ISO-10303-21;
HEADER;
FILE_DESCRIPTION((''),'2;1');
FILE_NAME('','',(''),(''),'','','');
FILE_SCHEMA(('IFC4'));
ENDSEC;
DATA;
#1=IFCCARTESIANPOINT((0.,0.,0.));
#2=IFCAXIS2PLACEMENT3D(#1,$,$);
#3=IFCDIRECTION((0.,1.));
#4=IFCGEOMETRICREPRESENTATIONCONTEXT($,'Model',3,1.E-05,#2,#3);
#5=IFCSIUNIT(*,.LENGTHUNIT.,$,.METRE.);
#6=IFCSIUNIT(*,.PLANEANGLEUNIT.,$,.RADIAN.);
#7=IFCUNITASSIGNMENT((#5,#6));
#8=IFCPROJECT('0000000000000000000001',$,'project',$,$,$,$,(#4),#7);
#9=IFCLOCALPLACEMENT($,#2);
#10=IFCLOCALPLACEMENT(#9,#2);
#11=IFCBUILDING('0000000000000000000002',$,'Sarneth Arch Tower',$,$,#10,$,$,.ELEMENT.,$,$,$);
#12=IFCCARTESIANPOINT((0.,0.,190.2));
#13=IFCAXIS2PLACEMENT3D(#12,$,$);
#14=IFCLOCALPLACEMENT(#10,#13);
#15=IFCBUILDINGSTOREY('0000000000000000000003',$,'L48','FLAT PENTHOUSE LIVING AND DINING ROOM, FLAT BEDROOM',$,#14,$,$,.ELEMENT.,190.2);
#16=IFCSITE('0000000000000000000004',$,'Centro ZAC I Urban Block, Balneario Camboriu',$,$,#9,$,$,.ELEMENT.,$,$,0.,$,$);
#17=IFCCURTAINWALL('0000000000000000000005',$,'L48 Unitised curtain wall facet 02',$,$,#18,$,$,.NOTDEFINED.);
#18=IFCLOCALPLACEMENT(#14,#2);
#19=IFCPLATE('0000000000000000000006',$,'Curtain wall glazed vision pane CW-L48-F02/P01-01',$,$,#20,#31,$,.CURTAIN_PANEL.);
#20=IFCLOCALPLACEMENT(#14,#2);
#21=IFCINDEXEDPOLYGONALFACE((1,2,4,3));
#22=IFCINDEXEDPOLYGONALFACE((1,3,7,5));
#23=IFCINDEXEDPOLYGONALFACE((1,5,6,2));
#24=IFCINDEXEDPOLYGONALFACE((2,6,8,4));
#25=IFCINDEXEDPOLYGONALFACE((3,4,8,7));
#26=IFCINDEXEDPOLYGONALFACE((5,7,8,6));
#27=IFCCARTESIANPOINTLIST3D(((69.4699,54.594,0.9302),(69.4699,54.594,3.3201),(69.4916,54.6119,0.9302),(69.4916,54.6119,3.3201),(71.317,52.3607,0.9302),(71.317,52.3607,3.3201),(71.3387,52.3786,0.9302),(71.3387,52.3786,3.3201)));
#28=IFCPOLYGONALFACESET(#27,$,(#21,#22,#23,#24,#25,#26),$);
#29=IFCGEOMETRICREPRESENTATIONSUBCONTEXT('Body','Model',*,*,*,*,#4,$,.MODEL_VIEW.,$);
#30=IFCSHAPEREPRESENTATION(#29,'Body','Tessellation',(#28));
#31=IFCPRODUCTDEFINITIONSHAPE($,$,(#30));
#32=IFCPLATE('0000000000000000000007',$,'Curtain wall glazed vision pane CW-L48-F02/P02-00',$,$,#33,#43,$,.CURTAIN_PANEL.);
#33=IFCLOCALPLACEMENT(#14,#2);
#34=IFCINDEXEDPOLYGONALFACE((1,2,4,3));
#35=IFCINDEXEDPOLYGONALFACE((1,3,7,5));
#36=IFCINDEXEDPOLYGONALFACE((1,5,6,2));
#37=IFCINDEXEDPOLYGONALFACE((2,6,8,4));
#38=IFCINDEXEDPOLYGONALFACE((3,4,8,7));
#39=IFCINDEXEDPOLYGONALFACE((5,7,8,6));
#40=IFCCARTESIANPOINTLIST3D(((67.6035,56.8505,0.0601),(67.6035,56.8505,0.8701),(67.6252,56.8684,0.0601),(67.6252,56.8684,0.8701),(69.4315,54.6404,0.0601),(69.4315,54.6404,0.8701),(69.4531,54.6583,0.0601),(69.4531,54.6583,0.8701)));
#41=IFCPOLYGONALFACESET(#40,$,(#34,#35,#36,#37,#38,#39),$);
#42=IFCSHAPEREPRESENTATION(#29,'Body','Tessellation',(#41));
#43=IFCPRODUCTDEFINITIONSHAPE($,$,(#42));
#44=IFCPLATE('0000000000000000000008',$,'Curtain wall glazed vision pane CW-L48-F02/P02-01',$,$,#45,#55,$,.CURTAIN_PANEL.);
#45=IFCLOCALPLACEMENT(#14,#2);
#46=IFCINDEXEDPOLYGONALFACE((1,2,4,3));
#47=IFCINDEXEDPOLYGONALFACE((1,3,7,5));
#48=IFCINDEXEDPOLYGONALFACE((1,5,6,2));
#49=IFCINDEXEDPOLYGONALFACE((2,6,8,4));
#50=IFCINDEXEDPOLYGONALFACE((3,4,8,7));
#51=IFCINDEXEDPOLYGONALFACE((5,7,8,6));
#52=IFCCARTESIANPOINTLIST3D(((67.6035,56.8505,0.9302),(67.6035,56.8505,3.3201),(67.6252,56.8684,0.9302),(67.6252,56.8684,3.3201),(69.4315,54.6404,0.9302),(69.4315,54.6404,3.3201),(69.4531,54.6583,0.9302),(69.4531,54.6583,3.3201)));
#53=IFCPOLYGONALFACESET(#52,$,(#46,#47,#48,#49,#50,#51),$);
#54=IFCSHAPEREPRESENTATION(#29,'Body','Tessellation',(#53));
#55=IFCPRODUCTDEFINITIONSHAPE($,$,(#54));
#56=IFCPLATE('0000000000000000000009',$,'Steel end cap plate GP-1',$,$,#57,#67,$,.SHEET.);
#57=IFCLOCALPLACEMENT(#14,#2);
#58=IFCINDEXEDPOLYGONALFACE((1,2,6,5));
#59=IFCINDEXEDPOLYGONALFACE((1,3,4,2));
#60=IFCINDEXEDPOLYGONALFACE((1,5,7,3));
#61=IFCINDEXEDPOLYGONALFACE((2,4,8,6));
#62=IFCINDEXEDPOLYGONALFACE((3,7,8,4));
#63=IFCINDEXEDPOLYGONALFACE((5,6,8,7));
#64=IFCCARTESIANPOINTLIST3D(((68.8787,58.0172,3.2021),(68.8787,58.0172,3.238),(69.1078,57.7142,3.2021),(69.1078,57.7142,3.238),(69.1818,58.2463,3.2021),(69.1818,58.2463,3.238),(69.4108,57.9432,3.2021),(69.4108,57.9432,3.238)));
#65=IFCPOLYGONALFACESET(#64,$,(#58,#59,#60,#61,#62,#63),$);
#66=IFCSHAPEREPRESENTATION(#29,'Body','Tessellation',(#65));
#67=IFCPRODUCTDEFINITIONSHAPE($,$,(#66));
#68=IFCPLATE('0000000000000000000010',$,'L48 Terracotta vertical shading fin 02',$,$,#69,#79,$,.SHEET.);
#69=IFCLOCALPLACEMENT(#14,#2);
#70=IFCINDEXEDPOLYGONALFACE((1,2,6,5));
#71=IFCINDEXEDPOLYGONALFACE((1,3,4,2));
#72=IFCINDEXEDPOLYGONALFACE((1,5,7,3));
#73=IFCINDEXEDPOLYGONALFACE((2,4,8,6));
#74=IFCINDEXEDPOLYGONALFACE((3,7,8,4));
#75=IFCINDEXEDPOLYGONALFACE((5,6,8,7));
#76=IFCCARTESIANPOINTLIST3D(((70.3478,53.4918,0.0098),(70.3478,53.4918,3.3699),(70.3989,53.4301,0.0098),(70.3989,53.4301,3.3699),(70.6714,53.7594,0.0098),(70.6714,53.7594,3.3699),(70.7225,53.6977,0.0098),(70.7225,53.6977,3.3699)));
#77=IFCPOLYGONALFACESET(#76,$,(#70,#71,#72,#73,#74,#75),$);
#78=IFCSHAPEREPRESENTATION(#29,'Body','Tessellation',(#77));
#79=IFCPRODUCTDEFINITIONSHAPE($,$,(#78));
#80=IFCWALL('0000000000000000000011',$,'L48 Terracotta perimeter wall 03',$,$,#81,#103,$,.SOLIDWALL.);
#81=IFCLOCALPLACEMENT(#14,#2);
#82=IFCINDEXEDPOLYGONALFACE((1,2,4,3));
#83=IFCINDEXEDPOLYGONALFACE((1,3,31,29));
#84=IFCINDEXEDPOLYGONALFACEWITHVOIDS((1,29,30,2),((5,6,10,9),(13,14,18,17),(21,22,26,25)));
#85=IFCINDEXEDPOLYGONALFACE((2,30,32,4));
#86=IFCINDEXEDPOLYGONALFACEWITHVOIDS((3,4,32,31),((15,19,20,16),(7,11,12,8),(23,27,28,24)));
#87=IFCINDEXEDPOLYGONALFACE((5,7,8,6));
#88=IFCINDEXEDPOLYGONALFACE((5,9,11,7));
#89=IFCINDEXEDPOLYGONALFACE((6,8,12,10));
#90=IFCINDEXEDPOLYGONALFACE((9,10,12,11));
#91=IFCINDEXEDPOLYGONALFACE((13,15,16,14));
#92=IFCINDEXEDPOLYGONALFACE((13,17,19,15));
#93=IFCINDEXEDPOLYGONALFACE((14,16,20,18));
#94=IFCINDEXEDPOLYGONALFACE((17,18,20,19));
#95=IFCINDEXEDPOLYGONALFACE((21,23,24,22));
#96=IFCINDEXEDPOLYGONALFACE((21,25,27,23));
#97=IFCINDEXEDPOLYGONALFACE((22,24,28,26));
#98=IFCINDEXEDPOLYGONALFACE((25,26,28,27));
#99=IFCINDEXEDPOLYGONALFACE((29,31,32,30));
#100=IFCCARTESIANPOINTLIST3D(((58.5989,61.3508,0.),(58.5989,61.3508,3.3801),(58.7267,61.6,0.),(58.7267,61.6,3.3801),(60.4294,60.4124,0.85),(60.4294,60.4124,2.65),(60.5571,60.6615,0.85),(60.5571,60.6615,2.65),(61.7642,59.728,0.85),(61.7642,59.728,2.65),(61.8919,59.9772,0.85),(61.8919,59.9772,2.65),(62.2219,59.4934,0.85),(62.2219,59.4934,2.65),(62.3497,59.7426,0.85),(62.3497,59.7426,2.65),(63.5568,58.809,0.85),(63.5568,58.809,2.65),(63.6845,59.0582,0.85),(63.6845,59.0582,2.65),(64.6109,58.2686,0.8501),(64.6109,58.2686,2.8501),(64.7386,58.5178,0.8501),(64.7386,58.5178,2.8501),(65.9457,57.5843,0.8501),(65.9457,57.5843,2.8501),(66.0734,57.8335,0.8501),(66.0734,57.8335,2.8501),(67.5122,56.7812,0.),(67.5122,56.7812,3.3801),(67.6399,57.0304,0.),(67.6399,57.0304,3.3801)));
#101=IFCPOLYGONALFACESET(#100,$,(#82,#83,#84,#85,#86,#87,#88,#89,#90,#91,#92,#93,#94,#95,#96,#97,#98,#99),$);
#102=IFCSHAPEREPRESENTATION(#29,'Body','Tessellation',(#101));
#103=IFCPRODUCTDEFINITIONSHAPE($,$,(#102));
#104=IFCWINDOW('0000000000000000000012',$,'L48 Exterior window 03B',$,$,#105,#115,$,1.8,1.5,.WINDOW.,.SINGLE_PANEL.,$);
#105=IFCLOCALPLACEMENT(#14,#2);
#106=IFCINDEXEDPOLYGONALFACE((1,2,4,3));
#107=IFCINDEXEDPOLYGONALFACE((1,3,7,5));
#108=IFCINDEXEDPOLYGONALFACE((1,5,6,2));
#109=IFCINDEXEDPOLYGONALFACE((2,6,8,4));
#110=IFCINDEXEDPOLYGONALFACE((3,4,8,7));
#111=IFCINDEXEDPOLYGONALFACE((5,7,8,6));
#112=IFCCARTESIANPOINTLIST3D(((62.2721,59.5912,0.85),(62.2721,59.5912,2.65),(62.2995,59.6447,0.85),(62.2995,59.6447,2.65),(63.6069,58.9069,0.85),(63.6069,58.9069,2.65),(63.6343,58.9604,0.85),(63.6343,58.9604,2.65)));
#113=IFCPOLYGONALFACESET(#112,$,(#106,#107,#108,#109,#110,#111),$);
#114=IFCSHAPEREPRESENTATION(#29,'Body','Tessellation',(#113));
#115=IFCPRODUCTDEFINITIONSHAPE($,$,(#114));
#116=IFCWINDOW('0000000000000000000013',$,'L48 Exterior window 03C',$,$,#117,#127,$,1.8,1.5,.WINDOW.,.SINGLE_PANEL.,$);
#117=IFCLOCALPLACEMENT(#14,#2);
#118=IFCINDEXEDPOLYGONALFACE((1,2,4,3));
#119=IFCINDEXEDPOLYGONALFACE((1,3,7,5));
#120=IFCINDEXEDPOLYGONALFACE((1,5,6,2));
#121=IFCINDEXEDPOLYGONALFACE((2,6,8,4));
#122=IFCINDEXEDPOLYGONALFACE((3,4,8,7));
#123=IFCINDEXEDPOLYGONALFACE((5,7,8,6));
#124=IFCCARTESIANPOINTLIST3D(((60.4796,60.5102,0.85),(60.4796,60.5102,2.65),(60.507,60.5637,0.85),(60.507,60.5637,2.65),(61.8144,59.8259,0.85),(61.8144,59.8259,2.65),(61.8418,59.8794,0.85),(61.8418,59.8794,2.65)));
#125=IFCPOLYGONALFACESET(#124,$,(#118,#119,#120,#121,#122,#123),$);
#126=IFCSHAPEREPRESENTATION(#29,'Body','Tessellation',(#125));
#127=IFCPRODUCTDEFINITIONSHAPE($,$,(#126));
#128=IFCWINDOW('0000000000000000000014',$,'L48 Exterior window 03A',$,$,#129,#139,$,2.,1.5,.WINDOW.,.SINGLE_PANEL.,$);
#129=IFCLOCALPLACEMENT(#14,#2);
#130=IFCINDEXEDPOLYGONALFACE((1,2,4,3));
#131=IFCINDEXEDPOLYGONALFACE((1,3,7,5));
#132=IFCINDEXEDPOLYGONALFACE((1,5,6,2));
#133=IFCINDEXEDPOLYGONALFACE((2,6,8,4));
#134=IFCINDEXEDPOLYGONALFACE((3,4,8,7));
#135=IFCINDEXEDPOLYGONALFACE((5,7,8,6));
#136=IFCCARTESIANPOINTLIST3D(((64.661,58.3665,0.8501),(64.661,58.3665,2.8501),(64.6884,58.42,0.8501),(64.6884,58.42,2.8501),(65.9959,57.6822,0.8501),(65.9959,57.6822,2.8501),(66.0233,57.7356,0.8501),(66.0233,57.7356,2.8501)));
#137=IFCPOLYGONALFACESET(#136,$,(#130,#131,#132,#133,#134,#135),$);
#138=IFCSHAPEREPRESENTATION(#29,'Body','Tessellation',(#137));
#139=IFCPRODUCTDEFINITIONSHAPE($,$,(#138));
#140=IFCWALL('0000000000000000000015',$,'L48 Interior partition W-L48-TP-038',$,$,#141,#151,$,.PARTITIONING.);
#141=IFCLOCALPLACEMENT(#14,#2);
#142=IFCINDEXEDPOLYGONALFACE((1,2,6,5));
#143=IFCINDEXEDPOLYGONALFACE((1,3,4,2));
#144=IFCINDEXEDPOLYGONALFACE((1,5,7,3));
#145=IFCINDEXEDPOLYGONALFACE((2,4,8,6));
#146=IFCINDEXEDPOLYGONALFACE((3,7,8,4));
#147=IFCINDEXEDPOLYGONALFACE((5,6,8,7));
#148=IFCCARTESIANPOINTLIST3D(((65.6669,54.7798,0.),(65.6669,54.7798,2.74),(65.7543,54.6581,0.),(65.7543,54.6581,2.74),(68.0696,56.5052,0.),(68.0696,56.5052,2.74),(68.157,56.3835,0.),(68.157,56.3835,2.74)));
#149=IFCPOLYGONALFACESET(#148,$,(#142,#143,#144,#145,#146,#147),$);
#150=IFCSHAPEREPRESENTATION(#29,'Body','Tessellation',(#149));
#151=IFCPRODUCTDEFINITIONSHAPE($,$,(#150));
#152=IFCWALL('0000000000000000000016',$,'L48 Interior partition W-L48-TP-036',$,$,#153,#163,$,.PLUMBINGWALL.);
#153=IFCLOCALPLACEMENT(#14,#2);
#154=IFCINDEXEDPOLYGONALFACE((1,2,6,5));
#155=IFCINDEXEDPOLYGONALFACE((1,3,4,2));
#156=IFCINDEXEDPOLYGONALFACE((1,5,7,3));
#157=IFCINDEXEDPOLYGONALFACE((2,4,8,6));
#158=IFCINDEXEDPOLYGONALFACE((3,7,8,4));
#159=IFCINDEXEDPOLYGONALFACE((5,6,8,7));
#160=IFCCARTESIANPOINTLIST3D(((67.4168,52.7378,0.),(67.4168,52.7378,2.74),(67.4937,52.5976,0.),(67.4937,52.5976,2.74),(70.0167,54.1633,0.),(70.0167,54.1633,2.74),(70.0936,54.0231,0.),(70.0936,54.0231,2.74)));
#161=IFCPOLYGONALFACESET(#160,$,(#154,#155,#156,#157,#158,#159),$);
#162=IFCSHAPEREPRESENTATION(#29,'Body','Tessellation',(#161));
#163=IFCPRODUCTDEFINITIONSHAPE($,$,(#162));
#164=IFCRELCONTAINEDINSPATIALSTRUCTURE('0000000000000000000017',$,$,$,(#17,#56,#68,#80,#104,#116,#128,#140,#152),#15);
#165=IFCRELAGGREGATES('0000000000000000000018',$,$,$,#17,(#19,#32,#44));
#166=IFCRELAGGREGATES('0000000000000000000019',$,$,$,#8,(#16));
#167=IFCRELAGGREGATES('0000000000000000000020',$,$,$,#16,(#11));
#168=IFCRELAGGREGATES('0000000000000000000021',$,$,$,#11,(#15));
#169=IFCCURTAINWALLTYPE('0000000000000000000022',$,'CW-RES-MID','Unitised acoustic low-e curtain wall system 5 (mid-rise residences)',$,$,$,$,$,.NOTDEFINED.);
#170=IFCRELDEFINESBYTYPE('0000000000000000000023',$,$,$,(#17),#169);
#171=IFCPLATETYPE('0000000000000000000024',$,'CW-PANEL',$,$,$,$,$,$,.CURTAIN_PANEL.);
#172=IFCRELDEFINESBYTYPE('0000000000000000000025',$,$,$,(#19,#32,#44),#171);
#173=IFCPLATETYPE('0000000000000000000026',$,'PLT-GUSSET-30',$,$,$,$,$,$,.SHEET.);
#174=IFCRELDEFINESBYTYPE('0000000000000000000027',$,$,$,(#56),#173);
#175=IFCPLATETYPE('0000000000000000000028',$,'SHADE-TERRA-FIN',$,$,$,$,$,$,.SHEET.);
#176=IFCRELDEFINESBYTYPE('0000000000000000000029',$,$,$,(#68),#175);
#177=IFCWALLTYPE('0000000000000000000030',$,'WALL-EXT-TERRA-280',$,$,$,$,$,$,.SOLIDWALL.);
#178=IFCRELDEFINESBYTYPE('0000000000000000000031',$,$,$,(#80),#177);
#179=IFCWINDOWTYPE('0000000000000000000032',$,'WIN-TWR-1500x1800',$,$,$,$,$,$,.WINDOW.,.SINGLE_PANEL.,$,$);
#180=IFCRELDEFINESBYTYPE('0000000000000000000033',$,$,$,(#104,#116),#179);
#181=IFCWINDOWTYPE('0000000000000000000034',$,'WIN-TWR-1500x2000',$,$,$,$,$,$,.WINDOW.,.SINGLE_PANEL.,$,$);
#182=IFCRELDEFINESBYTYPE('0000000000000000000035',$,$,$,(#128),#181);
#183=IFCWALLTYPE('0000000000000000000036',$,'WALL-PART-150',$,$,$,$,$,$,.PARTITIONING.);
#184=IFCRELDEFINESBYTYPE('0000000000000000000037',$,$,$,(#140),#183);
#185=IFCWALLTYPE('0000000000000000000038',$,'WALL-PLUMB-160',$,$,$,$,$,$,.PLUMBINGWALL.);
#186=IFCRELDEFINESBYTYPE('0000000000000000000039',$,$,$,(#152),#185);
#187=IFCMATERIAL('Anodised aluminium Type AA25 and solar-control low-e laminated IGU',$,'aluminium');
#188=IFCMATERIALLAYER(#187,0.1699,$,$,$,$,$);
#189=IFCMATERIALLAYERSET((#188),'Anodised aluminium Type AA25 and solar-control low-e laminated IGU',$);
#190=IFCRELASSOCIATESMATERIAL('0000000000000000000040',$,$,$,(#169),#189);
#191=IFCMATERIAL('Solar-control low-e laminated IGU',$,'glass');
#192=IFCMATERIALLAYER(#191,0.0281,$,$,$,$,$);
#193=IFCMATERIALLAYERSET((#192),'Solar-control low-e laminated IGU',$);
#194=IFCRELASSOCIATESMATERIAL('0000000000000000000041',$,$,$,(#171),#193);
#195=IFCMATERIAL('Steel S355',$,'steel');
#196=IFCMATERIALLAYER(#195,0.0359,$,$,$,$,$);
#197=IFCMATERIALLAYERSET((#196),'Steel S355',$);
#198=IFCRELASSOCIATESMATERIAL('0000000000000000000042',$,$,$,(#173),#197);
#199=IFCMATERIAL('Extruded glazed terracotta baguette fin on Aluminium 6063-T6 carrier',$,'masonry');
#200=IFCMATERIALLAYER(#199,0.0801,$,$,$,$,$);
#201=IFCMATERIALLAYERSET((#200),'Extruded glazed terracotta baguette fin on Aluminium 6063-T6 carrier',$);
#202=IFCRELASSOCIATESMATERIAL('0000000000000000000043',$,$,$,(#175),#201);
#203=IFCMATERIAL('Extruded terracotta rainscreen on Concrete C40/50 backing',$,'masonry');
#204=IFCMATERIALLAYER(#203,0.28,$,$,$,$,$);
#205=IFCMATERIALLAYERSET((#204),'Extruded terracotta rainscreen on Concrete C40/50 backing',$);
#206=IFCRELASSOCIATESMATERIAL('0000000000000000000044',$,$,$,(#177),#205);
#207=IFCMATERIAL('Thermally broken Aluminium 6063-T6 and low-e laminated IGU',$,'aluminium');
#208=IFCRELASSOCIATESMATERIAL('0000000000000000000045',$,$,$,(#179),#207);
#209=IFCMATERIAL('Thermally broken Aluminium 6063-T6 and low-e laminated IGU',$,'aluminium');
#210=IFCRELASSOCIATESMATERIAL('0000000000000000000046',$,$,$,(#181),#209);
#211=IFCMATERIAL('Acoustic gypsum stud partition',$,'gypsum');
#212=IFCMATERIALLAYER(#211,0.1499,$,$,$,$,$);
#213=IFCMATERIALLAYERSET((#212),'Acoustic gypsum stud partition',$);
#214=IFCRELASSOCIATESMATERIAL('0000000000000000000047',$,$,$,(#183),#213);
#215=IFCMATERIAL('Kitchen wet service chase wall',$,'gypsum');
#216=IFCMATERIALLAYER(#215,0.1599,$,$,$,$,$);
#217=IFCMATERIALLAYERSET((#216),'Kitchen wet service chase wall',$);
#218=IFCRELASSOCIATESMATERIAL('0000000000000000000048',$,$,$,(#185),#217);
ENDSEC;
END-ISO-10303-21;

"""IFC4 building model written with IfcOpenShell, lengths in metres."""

from ifc_helpers import new_model, si_unit, direction, frame, frame_2d, origin, origin_2d, place, context, subcontext, project, spatial, rectangle, extrude, material, layer, layer_set, type_object, element, fill, aggregate, save


model = new_model("IFC4")

# Units and contexts
model_context = context("Model", 3, precision=1e-05, world=origin(), true_north=direction((0.0, 1.0)))
body_context = subcontext(model_context, "Body", "Model", "MODEL_VIEW")
ifc_project = project(units=[si_unit("LENGTHUNIT", "METRE"), si_unit("PLANEANGLEUNIT", "RADIAN")], contexts=[model_context])

# Site, building, storey
site_placement = place(None, origin())
site = spatial("IfcSite", under=ifc_project, at=site_placement, Name="Centro ZAC I Urban Block, Balneario Camboriu", CompositionType="ELEMENT", RefElevation=0.0)
building_placement = place(site_placement, origin())
building = spatial("IfcBuilding", under=site, at=building_placement, Name="Sarneth Arch Tower", CompositionType="ELEMENT")
storey_placement = place(building_placement, frame((0.0, 0.0, 190.2)))
storey = spatial("IfcBuildingStorey", under=building, at=storey_placement, Name="L48", Description="FLAT PENTHOUSE LIVING AND DINING ROOM, FLAT BEDROOM", CompositionType="ELEMENT", Elevation=190.2)

# Curtain wall
ifc_material_1 = material(Name="Anodised aluminium Type AA25 and solar-control low-e laminated IGU", Category="aluminium")
ifc_layer_1 = layer(ifc_material_1, 0.1699)
ifc_layer_set_1 = layer_set([ifc_layer_1], Name="Anodised aluminium Type AA25 and solar-control low-e laminated IGU")
curtain_wall_type = type_object("IfcCurtainWallType", Name="CW-RES-MID", Description="Unitised acoustic low-e curtain wall system 5 (mid-rise residences)", PredefinedType="NOTDEFINED", material=ifc_layer_set_1)
curtain_wall_placement = place(storey_placement, origin())
curtain_wall = element("IfcCurtainWall", 1, at=curtain_wall_placement, inside=storey, type_object=curtain_wall_type, Name="L48 Unitised curtain wall facet 02", PredefinedType="NOTDEFINED")

# Plates
ifc_material_2 = material(Name="Solar-control low-e laminated IGU", Category="glass")
ifc_layer_2 = layer(ifc_material_2, 0.0281)
ifc_layer_set_2 = layer_set([ifc_layer_2], Name="Solar-control low-e laminated IGU")
plate_type_1 = type_object("IfcPlateType", Name="CW-PANEL", PredefinedType="CURTAIN_PANEL", material=ifc_layer_set_2)
plate_1_placement = place(storey_placement, frame((70.4043, 53.4863, 0.9302), z_axis=(0.0, 0.0, 1.0), x_axis=(-0.63733, 0.770591, 0.0)))
plate_1 = element("IfcPlate", 2, at=plate_1_placement, type_object=plate_type_1, Name="Curtain wall glazed vision pane CW-L48-F02/P01-01", PredefinedType="CURTAIN_PANEL", context=body_context, shape_type="SweptSolid", body=[
    extrude(rectangle(XDim=2.8982, YDim=0.0281, at=origin_2d()), origin(), (0.0, 0.0, 1.0), 2.3899),
])
plate_2_placement = place(storey_placement, frame((68.5283, 55.7544, 0.0601), z_axis=(0.0, 0.0, 1.0), x_axis=(-0.63733, 0.770591, 0.0)))
plate_2 = element("IfcPlate", 3, at=plate_2_placement, type_object=plate_type_1, Name="Curtain wall glazed vision pane CW-L48-F02/P02-00", PredefinedType="CURTAIN_PANEL", context=body_context, shape_type="SweptSolid", body=[
    extrude(rectangle(XDim=2.8682, YDim=0.0281, at=origin_2d()), origin(), (0.0, 0.0, 1.0), 0.8101),
])
plate_3_placement = place(storey_placement, frame((68.5283, 55.7544, 0.9302), z_axis=(0.0, 0.0, 1.0), x_axis=(-0.63733, 0.770591, 0.0)))
plate_3 = element("IfcPlate", 4, at=plate_3_placement, type_object=plate_type_1, Name="Curtain wall glazed vision pane CW-L48-F02/P02-01", PredefinedType="CURTAIN_PANEL", context=body_context, shape_type="SweptSolid", body=[
    extrude(rectangle(XDim=2.8682, YDim=0.0281, at=origin_2d()), origin(), (0.0, 0.0, 1.0), 2.3899),
])
aggregate(curtain_wall, [plate_1, plate_2, plate_3])

# Plates
ifc_material_3 = material(Name="Steel S355", Category="steel")
ifc_layer_3 = layer(ifc_material_3, 0.0359)
ifc_layer_set_3 = layer_set([ifc_layer_3], Name="Steel S355")
plate_type_2 = type_object("IfcPlateType", Name="PLT-GUSSET-30", PredefinedType="SHEET", material=ifc_layer_set_3)
plate_4_placement = place(storey_placement, frame((69.1448, 57.9802, 3.2021), z_axis=(0.0, 0.0, 1.0), x_axis=(0.797794, 0.60293, 0.0)))
element("IfcPlate", 5, at=plate_4_placement, inside=storey, type_object=plate_type_2, Name="Steel end cap plate GP-1", PredefinedType="SHEET", context=body_context, shape_type="SweptSolid", body=[
    extrude(rectangle(XDim=0.3799, YDim=0.3799, at=origin_2d()), origin(), (0.0, 0.0, 1.0), 0.0359),
])
ifc_material_4 = material(Name="Extruded glazed terracotta baguette fin on Aluminium 6063-T6 carrier", Category="masonry")
ifc_layer_4 = layer(ifc_material_4, 0.0801)
ifc_layer_set_4 = layer_set([ifc_layer_4], Name="Extruded glazed terracotta baguette fin on Aluminium 6063-T6 carrier")
plate_type_3 = type_object("IfcPlateType", Name="SHADE-TERRA-FIN", PredefinedType="SHEET", material=ifc_layer_set_4)
plate_5_placement = place(storey_placement, frame((70.5352, 53.5947, 0.0098), z_axis=(0.0, 0.0, 1.0), x_axis=(0.770624, 0.63729, 0.0)))
element("IfcPlate", 6, at=plate_5_placement, inside=storey, type_object=plate_type_3, Name="L48 Terracotta vertical shading fin 02", PredefinedType="SHEET", context=body_context, shape_type="SweptSolid", body=[
    extrude(rectangle(XDim=0.4199, YDim=0.0801, at=origin_2d()), origin(), (0.0, 0.0, 1.0), 3.3601),
])

# Wall, openings, windows
ifc_material_5 = material(Name="Extruded terracotta rainscreen on Concrete C40/50 backing", Category="masonry")
ifc_layer_5 = layer(ifc_material_5, 0.28)
ifc_layer_set_5 = layer_set([ifc_layer_5], Name="Extruded terracotta rainscreen on Concrete C40/50 backing")
wall_type_1 = type_object("IfcWallType", Name="WALL-EXT-TERRA-280", PredefinedType="SOLIDWALL", material=ifc_layer_set_5)
wall_1_placement = place(storey_placement, frame((67.5762, 56.9058, 0.0), z_axis=(0.0, 0.0, 1.0), x_axis=(-0.889873, 0.456209, 0.0)))
wall_1 = element("IfcWall", 7, at=wall_1_placement, inside=storey, type_object=wall_type_1, Name="L48 Terracotta perimeter wall 03", PredefinedType="SOLIDWALL", context=body_context, shape_type="SweptSolid", body=[
    extrude(rectangle(XDim=10.0164, YDim=0.28, at=frame_2d((5.0083, 0.0))), origin(), (0.0, 0.0, 1.0), 3.3801),
])
opening_1_placement = place(wall_1_placement, frame((1.7605, 0.0, 0.8501)))
opening_1 = element("IfcOpeningElement", 8, at=opening_1_placement, cuts=wall_1, PredefinedType="OPENING", context=body_context, shape_type="SweptSolid", body=[
    extrude(rectangle(XDim=1.5, YDim=2.0, at=frame_2d((0.75, 1.0))), frame((0.0, 0.1499, 0.0), z_axis=(0.0, -1.0, 0.0), x_axis=(1.0, 0.0, 0.0)), (0.0, 0.0, 1.0), 0.3),
])
opening_2_placement = place(wall_1_placement, frame((4.4451, 0.0, 0.8501)))
opening_2 = element("IfcOpeningElement", 9, at=opening_2_placement, cuts=wall_1, PredefinedType="OPENING", context=body_context, shape_type="SweptSolid", body=[
    extrude(rectangle(XDim=1.5, YDim=1.8, at=frame_2d((0.75, 0.8999))), frame((0.0, 0.1499, 0.0), z_axis=(0.0, -1.0, 0.0), x_axis=(1.0, 0.0, 0.0)), (0.0, 0.0, 1.0), 0.3),
])
opening_3_placement = place(wall_1_placement, frame((6.4595, 0.0, 0.8501)))
opening_3 = element("IfcOpeningElement", 10, at=opening_3_placement, cuts=wall_1, PredefinedType="OPENING", context=body_context, shape_type="SweptSolid", body=[
    extrude(rectangle(XDim=1.5, YDim=1.8, at=frame_2d((0.75, 0.8999))), frame((0.0, 0.1499, 0.0), z_axis=(0.0, -1.0, 0.0), x_axis=(1.0, 0.0, 0.0)), (0.0, 0.0, 1.0), 0.3),
])
ifc_material_6 = material(Name="Thermally broken Aluminium 6063-T6 and low-e laminated IGU", Category="aluminium")
window_type_1 = type_object("IfcWindowType", Name="WIN-TWR-1500x1800", PartitioningType="SINGLE_PANEL", PredefinedType="WINDOW", material=ifc_material_6)
window_1_placement = place(opening_2_placement, origin())
window_1 = element("IfcWindow", 11, at=window_1_placement, inside=storey, type_object=window_type_1, Name="L48 Exterior window 03B", OverallHeight=1.8, OverallWidth=1.5, PartitioningType="SINGLE_PANEL", PredefinedType="WINDOW", context=body_context, shape_type="SweptSolid", body=[
    extrude(rectangle(XDim=1.5, YDim=1.8, at=frame_2d((0.75, 0.8999))), frame((0.0, 0.03, 0.0), z_axis=(0.0, -1.0, 0.0), x_axis=(1.0, 0.0, 0.0)), (0.0, 0.0, 1.0), 0.0601),
])
fill(opening_2, window_1)
window_2_placement = place(opening_3_placement, origin())
window_2 = element("IfcWindow", 12, at=window_2_placement, inside=storey, type_object=window_type_1, Name="L48 Exterior window 03C", OverallHeight=1.8, OverallWidth=1.5, PartitioningType="SINGLE_PANEL", PredefinedType="WINDOW", context=body_context, shape_type="SweptSolid", body=[
    extrude(rectangle(XDim=1.5, YDim=1.8, at=frame_2d((0.75, 0.8999))), frame((0.0, 0.03, 0.0), z_axis=(0.0, -1.0, 0.0), x_axis=(1.0, 0.0, 0.0)), (0.0, 0.0, 1.0), 0.0601),
])
fill(opening_3, window_2)
ifc_material_7 = material(Name="Thermally broken Aluminium 6063-T6 and low-e laminated IGU", Category="aluminium")
window_type_2 = type_object("IfcWindowType", Name="WIN-TWR-1500x2000", PartitioningType="SINGLE_PANEL", PredefinedType="WINDOW", material=ifc_material_7)
window_3_placement = place(opening_1_placement, origin())
window_3 = element("IfcWindow", 13, at=window_3_placement, inside=storey, type_object=window_type_2, Name="L48 Exterior window 03A", OverallHeight=2.0, OverallWidth=1.5, PartitioningType="SINGLE_PANEL", PredefinedType="WINDOW", context=body_context, shape_type="SweptSolid", body=[
    extrude(rectangle(XDim=1.5, YDim=2.0, at=frame_2d((0.75, 1.0))), frame((0.0, 0.03, 0.0), z_axis=(0.0, -1.0, 0.0), x_axis=(1.0, 0.0, 0.0)), (0.0, 0.0, 1.0), 0.0601),
])
fill(opening_1, window_3)

# Walls
ifc_material_8 = material(Name="Acoustic gypsum stud partition", Category="gypsum")
ifc_layer_6 = layer(ifc_material_8, 0.1499)
ifc_layer_set_6 = layer_set([ifc_layer_6], Name="Acoustic gypsum stud partition")
wall_type_2 = type_object("IfcWallType", Name="WALL-PART-150", PredefinedType="PARTITIONING", material=ifc_layer_set_6)
wall_2_placement = place(storey_placement, frame((68.1133, 56.4443, 0.0), z_axis=(0.0, 0.0, 1.0), x_axis=(-0.812259, -0.583298, 0.0)))
element("IfcWall", 14, at=wall_2_placement, inside=storey, type_object=wall_type_2, Name="L48 Interior partition W-L48-TP-038", PredefinedType="PARTITIONING", context=body_context, shape_type="SweptSolid", body=[
    extrude(rectangle(XDim=2.958, YDim=0.1499, at=frame_2d((1.479, 0.0))), origin(), (0.0, 0.0, 1.0), 2.74),
])
ifc_material_9 = material(Name="Kitchen wet service chase wall", Category="gypsum")
ifc_layer_7 = layer(ifc_material_9, 0.1599)
ifc_layer_set_7 = layer_set([ifc_layer_7], Name="Kitchen wet service chase wall")
wall_type_3 = type_object("IfcWallType", Name="WALL-PLUMB-160", PredefinedType="PLUMBINGWALL", material=ifc_layer_set_7)
wall_3_placement = place(storey_placement, frame((67.4553, 52.6677, 0.0), z_axis=(0.0, 0.0, 1.0), x_axis=(0.876839, 0.480784, 0.0)))
element("IfcWall", 15, at=wall_3_placement, inside=storey, type_object=wall_type_3, Name="L48 Interior partition W-L48-TP-036", PredefinedType="PLUMBINGWALL", context=body_context, shape_type="SweptSolid", body=[
    extrude(rectangle(XDim=2.9651, YDim=0.1599, at=frame_2d((1.4824, 0.0))), origin(), (0.0, 0.0, 1.0), 2.74),
])

save(model, "model.ifc")
